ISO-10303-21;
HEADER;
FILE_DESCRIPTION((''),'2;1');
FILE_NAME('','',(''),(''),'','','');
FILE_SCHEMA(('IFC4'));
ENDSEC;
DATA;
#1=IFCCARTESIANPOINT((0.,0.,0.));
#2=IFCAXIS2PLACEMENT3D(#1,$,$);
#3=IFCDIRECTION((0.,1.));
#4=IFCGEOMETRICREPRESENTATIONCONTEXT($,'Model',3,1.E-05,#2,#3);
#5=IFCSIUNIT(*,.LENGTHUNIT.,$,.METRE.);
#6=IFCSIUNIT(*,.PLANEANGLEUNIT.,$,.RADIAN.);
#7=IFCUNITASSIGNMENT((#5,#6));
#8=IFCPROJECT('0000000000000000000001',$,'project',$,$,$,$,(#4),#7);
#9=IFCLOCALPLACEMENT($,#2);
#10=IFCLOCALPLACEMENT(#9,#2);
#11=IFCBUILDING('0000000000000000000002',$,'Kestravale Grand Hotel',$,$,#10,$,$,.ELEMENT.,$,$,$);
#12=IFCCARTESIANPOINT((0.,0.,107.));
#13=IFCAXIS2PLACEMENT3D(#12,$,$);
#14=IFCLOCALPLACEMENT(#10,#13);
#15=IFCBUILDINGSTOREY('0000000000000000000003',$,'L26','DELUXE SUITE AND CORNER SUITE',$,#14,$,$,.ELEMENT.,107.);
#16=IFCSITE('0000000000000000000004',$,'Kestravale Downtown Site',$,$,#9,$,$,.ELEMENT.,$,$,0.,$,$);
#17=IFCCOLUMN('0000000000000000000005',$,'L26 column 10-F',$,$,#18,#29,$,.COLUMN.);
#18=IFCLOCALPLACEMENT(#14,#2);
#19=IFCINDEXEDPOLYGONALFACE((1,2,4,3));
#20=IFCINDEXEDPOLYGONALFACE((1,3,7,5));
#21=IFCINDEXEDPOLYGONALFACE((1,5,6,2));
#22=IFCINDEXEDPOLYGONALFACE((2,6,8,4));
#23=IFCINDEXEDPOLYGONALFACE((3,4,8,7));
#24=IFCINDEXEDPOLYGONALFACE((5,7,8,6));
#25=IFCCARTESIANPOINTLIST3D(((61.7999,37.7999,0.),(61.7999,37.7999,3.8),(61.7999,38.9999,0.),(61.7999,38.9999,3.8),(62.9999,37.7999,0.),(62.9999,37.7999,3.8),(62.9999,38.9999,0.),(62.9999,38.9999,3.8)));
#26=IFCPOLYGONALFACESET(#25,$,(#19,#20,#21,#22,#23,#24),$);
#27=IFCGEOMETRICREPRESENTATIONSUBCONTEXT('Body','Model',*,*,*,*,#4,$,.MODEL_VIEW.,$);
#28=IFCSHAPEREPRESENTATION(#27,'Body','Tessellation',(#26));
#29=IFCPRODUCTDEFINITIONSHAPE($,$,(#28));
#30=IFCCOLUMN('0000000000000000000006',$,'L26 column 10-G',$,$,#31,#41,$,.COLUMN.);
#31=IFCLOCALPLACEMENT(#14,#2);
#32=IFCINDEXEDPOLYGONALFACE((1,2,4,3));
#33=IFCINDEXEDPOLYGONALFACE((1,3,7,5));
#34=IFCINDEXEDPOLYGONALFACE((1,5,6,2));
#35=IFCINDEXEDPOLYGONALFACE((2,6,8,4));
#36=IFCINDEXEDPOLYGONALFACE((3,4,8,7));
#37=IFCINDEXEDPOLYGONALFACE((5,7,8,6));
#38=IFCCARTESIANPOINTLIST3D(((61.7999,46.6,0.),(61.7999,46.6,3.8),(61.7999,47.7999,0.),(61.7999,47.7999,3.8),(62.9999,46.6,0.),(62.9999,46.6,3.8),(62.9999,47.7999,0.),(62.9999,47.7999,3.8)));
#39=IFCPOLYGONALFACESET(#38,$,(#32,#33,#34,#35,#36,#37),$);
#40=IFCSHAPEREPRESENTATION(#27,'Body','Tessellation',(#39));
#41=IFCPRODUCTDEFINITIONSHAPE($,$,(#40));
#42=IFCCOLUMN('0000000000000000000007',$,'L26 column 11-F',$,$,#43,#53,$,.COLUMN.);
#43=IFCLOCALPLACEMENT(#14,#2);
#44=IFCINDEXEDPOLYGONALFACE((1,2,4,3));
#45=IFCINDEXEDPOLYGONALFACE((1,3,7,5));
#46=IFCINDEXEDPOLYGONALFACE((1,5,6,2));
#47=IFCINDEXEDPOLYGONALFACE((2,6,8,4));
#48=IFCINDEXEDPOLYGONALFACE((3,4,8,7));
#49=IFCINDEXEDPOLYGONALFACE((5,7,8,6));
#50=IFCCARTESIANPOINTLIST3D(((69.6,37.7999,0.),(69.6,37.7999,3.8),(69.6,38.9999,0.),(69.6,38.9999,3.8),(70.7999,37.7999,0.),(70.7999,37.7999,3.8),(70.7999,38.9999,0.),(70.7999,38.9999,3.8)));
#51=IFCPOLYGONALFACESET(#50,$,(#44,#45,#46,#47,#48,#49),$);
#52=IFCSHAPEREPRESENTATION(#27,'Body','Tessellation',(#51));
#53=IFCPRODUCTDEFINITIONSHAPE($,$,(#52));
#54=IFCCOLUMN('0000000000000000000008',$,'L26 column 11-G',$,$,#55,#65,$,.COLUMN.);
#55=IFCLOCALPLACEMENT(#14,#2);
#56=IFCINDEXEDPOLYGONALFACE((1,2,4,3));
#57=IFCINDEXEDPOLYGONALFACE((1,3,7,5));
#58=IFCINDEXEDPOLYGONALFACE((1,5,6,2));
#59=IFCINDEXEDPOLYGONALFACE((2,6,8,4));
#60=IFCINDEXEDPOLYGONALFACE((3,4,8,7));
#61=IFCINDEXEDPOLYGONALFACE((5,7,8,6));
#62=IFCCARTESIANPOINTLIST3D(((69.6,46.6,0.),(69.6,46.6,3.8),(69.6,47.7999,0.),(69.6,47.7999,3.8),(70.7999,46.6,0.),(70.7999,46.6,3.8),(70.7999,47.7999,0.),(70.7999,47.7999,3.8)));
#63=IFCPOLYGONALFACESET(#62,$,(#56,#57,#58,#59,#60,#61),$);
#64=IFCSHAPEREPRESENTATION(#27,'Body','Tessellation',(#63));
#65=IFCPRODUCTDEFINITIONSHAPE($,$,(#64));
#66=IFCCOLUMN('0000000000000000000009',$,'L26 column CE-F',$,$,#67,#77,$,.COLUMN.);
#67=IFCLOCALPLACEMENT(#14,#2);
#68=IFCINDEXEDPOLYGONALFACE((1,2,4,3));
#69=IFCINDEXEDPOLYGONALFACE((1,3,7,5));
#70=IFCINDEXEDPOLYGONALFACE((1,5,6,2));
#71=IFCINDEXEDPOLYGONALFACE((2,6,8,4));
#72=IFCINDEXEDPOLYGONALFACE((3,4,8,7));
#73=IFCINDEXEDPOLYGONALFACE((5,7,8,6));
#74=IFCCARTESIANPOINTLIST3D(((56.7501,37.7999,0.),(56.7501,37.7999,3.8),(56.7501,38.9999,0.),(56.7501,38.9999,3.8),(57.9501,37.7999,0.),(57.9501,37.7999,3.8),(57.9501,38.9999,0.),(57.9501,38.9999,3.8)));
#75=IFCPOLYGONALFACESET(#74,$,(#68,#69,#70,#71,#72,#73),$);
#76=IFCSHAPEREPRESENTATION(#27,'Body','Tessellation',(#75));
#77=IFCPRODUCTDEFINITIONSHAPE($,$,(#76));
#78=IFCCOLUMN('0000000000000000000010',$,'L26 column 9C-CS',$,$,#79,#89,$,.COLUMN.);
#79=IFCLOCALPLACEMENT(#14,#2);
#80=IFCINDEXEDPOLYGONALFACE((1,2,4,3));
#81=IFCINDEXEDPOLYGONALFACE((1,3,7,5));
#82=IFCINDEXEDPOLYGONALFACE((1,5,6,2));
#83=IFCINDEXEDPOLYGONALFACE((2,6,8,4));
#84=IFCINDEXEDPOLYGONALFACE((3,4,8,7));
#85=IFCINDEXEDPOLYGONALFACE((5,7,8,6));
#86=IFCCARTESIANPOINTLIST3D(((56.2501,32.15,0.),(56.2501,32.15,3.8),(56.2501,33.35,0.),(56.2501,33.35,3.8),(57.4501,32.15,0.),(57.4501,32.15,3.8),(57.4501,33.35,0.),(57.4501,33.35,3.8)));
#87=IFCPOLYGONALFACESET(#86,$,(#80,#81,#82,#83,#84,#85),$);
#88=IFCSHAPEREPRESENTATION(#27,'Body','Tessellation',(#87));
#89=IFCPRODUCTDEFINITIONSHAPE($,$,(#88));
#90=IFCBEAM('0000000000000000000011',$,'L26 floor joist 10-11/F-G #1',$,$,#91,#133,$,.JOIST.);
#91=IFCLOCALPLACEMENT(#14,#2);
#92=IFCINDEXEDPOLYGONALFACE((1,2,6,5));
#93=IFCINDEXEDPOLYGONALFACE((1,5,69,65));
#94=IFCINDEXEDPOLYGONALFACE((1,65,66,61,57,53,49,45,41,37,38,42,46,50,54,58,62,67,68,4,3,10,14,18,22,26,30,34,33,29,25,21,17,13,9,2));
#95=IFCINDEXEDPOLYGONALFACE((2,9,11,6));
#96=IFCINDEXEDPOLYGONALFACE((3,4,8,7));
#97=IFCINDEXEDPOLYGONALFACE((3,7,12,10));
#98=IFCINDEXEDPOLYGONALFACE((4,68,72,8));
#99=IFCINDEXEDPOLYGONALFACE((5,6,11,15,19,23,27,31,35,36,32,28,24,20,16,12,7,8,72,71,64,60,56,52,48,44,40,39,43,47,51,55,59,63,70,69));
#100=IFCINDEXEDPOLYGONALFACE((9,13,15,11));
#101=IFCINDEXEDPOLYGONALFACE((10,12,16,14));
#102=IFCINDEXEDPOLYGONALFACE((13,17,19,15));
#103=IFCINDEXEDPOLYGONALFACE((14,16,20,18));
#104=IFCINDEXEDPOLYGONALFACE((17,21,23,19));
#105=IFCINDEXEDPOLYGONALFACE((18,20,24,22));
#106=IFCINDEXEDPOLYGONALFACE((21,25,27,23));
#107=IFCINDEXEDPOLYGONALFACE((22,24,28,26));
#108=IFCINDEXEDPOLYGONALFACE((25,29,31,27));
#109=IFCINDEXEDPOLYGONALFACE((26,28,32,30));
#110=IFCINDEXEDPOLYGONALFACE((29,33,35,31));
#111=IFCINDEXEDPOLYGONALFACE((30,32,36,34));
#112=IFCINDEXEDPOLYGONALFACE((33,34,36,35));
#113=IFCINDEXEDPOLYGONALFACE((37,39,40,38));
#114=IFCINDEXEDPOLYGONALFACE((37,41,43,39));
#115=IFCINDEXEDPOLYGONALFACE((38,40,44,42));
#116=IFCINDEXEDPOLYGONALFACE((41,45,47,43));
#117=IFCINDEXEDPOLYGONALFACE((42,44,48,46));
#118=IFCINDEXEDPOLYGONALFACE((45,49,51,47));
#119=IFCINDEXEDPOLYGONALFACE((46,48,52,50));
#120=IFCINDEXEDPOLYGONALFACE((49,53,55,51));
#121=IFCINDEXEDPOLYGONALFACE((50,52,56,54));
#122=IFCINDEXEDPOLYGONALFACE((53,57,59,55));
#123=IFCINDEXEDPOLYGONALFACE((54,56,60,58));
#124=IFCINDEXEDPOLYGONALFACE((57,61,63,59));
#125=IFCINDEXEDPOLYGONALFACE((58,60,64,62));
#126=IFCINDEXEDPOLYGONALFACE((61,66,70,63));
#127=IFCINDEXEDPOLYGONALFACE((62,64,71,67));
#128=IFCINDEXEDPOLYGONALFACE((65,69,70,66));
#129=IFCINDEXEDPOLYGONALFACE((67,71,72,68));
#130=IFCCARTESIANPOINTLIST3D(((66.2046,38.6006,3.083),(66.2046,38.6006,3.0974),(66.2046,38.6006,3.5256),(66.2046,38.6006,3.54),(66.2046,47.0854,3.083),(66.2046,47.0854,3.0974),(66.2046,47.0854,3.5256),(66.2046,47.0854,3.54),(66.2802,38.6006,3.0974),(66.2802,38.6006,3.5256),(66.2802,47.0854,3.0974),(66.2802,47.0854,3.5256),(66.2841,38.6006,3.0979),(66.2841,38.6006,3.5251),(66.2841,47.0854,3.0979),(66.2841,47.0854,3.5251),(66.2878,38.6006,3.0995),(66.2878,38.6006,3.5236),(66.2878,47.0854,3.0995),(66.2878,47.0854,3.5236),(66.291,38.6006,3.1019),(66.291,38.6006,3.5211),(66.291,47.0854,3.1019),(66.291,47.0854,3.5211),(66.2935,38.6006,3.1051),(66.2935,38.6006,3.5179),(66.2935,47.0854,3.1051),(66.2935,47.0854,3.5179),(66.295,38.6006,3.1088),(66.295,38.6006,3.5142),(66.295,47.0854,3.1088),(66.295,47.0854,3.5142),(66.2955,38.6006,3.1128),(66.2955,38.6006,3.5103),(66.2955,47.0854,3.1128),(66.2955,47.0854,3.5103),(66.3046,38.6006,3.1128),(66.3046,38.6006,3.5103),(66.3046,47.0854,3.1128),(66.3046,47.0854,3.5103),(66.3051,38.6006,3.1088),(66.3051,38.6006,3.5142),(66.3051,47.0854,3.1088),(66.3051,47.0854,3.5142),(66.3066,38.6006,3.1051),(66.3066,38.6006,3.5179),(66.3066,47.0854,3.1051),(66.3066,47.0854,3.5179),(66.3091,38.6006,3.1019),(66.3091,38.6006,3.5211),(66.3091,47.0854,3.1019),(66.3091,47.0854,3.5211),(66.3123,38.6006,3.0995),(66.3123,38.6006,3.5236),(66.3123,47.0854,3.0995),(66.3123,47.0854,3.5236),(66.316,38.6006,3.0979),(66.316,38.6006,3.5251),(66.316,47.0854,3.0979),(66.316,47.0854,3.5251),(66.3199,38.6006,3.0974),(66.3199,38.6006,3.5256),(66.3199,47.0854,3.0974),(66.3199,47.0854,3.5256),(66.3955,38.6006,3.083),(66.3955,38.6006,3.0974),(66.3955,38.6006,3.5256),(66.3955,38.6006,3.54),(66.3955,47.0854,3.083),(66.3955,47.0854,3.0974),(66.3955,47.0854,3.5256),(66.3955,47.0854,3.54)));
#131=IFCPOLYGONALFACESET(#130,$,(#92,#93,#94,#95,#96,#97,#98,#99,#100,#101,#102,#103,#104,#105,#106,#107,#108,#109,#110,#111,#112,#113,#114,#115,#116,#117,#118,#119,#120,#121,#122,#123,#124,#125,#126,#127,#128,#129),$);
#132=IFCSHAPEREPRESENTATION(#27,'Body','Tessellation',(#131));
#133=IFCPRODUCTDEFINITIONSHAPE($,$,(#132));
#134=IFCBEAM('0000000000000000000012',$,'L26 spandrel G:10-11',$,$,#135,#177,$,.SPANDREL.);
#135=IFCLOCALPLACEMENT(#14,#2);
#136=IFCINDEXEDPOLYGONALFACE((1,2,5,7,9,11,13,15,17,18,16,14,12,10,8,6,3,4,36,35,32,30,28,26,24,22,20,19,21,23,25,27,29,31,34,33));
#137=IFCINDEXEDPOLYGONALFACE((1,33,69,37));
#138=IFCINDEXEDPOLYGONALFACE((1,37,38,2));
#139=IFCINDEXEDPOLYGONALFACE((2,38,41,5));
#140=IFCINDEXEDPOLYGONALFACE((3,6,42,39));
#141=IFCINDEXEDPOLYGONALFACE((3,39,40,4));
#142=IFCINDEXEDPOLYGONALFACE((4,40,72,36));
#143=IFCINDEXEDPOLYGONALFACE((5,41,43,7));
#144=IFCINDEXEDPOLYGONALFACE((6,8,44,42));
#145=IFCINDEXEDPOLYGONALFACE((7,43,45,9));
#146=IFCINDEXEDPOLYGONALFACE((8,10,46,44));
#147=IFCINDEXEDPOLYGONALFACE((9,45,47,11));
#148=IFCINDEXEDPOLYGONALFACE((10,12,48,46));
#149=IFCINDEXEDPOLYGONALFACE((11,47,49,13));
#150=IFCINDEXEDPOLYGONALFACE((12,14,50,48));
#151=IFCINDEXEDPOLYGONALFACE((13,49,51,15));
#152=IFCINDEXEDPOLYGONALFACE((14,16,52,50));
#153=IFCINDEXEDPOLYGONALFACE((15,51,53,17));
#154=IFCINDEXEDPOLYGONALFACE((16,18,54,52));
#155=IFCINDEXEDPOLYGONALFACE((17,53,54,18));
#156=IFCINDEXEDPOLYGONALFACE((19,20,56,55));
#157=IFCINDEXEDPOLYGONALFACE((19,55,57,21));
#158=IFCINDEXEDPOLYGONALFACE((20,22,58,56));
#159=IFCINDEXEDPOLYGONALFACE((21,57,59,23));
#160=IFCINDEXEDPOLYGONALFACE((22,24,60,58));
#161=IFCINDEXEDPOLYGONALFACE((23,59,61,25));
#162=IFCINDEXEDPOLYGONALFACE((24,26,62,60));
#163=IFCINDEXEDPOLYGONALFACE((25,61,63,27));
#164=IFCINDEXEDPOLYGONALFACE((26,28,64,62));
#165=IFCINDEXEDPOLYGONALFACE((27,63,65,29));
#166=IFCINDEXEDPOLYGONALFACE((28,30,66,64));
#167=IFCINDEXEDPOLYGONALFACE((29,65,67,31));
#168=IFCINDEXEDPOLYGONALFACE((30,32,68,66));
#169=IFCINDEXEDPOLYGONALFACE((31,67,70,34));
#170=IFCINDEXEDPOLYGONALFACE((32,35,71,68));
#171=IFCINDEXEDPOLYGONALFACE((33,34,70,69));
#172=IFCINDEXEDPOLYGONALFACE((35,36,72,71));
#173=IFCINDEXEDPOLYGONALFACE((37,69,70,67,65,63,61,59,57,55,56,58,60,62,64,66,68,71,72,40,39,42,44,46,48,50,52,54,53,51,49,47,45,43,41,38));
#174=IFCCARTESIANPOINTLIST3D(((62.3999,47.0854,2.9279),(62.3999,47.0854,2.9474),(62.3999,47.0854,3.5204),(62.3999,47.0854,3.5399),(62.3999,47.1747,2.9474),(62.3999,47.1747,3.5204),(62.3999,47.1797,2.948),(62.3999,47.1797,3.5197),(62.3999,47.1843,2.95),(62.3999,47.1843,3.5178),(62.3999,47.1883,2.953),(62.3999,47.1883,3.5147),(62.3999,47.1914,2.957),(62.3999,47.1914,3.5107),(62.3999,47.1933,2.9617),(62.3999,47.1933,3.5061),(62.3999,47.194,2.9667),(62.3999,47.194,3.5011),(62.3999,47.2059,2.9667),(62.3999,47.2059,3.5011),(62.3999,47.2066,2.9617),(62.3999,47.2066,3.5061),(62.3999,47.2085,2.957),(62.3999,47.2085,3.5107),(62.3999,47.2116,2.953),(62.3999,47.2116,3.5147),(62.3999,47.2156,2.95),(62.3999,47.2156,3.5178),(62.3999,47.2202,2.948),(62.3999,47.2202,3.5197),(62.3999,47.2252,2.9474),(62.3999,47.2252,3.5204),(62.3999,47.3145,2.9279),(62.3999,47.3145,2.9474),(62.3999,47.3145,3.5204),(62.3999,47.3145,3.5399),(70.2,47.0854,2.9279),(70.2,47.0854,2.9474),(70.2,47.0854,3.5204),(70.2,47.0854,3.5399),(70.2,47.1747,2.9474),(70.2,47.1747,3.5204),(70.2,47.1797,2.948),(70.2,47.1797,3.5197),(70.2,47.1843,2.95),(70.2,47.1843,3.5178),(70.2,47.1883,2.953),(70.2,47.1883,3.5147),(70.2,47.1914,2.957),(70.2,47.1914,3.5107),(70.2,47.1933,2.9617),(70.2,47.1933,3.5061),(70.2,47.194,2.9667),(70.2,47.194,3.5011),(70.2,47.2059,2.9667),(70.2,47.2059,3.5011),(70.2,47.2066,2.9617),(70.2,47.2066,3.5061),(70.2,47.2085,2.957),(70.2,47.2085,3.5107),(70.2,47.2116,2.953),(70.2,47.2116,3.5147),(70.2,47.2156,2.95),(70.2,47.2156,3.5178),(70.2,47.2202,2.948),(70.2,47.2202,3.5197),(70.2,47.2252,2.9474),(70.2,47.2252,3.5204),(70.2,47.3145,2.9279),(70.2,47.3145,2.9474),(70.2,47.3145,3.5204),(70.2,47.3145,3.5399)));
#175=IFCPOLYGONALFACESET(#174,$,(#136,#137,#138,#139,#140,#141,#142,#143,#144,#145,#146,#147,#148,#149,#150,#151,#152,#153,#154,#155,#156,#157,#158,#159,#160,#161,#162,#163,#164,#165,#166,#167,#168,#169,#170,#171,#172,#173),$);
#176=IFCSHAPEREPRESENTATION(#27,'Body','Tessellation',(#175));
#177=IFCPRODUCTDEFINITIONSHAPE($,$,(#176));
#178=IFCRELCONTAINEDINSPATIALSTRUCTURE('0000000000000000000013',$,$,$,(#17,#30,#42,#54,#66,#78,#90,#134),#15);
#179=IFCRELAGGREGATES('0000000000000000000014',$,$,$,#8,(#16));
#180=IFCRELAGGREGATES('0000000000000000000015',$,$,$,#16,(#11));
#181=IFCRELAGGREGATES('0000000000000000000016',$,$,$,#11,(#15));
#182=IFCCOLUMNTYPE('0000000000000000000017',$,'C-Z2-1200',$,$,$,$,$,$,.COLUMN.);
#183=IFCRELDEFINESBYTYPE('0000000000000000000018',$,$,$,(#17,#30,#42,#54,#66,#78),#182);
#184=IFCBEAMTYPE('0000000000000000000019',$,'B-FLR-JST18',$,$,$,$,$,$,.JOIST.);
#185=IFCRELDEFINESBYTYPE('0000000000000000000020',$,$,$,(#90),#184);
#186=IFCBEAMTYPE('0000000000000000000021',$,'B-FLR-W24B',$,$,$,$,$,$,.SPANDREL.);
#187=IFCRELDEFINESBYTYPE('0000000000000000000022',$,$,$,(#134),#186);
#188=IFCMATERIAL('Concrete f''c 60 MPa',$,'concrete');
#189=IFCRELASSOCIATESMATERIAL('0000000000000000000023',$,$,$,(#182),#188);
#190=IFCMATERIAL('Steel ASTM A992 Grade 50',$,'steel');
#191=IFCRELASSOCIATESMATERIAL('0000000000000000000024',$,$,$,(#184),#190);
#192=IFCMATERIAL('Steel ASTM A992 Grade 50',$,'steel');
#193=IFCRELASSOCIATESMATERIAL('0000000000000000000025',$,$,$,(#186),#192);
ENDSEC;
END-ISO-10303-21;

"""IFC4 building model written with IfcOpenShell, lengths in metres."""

from ifc_helpers import new_model, si_unit, direction, frame, origin, origin_2d, place, context, subcontext, project, spatial, rectangle, i_section, extrude, material, material_profile, profile_set, type_object, element, save


model = new_model("IFC4")

# Units and contexts
model_context = context("Model", 3, precision=1e-05, world=origin(), true_north=direction((0.0, 1.0)))
body_context = subcontext(model_context, "Body", "Model", "MODEL_VIEW")
ifc_project = project(units=[si_unit("LENGTHUNIT", "METRE"), si_unit("PLANEANGLEUNIT", "RADIAN")], contexts=[model_context])

# Site, building, storey
site_placement = place(None, origin())
site = spatial("IfcSite", under=ifc_project, at=site_placement, Name="Kestravale Downtown Site", CompositionType="ELEMENT", RefElevation=0.0)
building_placement = place(site_placement, origin())
building = spatial("IfcBuilding", under=site, at=building_placement, Name="Kestravale Grand Hotel", CompositionType="ELEMENT")
storey_placement = place(building_placement, frame((0.0, 0.0, 107.0)))
storey = spatial("IfcBuildingStorey", under=building, at=storey_placement, Name="L26", Description="DELUXE SUITE AND CORNER SUITE", CompositionType="ELEMENT", Elevation=107.0)

# Columns
ifc_material_1 = material(Name="Concrete f'c 60 MPa", Category="concrete")
ifc_material_profile_1 = material_profile(ifc_material_1, rectangle(XDim=1.2, YDim=1.2, at=origin_2d()))
ifc_profile_set_1 = profile_set([ifc_material_profile_1], Name="Concrete f'c 60 MPa")
column_type = type_object("IfcColumnType", Name="C-Z2-1200", PredefinedType="COLUMN", material=ifc_profile_set_1)
for number, where, z_axis, x_axis, name in (
    (1, (62.3999, 38.3999, 0.0), (0.0, 0.0, 1.0), (1.0, 0.0, 0.0), "L26 column 10-F"),
    (2, (62.3999, 47.2, 0.0), (0.0, 0.0, 1.0), (1.0, 0.0, 0.0), "L26 column 10-G"),
    (3, (70.2, 38.3999, 0.0), (0.0, 0.0, 1.0), (1.0, 0.0, 0.0), "L26 column 11-F"),
    (4, (70.2, 47.2, 0.0), (0.0, 0.0, 1.0), (1.0, 0.0, 0.0), "L26 column 11-G"),
    (5, (57.3501, 38.3999, 0.0), (0.0, 0.0, 1.0), (1.0, 0.0, 0.0), "L26 column CE-F"),
    (6, (56.8501, 32.75, 0.0), (0.0, 0.0, 1.0), (1.0, 0.0, 0.0), "L26 column 9C-CS"),
):
    element("IfcColumn", number, at=place(storey_placement, frame(where, z_axis=z_axis, x_axis=x_axis)), inside=storey, type_object=column_type, Name=name, PredefinedType="COLUMN", context=body_context, shape_type="SweptSolid", body=[
        extrude(rectangle(XDim=1.2, YDim=1.2, at=origin_2d()), origin(), (0.0, 0.0, 1.0), 3.8),
    ])

# Beams
ifc_material_2 = material(Name="Steel ASTM A992 Grade 50", Category="steel")
ifc_material_profile_2 = material_profile(ifc_material_2, i_section(OverallWidth=0.1909, OverallDepth=0.457, WebThickness=0.009, FlangeThickness=0.0144, FilletRadius=0.0154, at=origin_2d()))
ifc_profile_set_2 = profile_set([ifc_material_profile_2], Name="Steel ASTM A992 Grade 50")
beam_type_1 = type_object("IfcBeamType", Name="B-FLR-JST18", PredefinedType="JOIST", material=ifc_profile_set_2)
beam_1_placement = place(storey_placement, frame((66.3, 38.6006, 3.3115), z_axis=(0.0, 1.0, 0.0), x_axis=(-1.0, 0.0, 0.0)))
element("IfcBeam", 7, at=beam_1_placement, inside=storey, type_object=beam_type_1, Name="L26 floor joist 10-11/F-G #1", PredefinedType="JOIST", context=body_context, shape_type="SweptSolid", body=[
    extrude(i_section(OverallWidth=0.1909, OverallDepth=0.457, WebThickness=0.009, FlangeThickness=0.0144, FilletRadius=0.0154, at=origin_2d()), origin(), (0.0, 0.0, 1.0), 8.4849),
])
ifc_material_3 = material(Name="Steel ASTM A992 Grade 50", Category="steel")
ifc_material_profile_3 = material_profile(ifc_material_3, i_section(OverallWidth=0.229, OverallDepth=0.6121, WebThickness=0.012, FlangeThickness=0.0195, FilletRadius=0.0193, at=origin_2d()))
ifc_profile_set_3 = profile_set([ifc_material_profile_3], Name="Steel ASTM A992 Grade 50")
beam_type_2 = type_object("IfcBeamType", Name="B-FLR-W24B", PredefinedType="SPANDREL", material=ifc_profile_set_3)
beam_2_placement = place(storey_placement, frame((62.3999, 47.2, 3.2339), z_axis=(1.0, 0.0, 0.0), x_axis=(0.0, 1.0, 0.0)))
element("IfcBeam", 8, at=beam_2_placement, inside=storey, type_object=beam_type_2, Name="L26 spandrel G:10-11", PredefinedType="SPANDREL", context=body_context, shape_type="SweptSolid", body=[
    extrude(i_section(OverallWidth=0.229, OverallDepth=0.6121, WebThickness=0.012, FlangeThickness=0.0195, FilletRadius=0.0193, at=origin_2d()), origin(), (0.0, 0.0, 1.0), 7.8),
])

save(model, "model.ifc")
